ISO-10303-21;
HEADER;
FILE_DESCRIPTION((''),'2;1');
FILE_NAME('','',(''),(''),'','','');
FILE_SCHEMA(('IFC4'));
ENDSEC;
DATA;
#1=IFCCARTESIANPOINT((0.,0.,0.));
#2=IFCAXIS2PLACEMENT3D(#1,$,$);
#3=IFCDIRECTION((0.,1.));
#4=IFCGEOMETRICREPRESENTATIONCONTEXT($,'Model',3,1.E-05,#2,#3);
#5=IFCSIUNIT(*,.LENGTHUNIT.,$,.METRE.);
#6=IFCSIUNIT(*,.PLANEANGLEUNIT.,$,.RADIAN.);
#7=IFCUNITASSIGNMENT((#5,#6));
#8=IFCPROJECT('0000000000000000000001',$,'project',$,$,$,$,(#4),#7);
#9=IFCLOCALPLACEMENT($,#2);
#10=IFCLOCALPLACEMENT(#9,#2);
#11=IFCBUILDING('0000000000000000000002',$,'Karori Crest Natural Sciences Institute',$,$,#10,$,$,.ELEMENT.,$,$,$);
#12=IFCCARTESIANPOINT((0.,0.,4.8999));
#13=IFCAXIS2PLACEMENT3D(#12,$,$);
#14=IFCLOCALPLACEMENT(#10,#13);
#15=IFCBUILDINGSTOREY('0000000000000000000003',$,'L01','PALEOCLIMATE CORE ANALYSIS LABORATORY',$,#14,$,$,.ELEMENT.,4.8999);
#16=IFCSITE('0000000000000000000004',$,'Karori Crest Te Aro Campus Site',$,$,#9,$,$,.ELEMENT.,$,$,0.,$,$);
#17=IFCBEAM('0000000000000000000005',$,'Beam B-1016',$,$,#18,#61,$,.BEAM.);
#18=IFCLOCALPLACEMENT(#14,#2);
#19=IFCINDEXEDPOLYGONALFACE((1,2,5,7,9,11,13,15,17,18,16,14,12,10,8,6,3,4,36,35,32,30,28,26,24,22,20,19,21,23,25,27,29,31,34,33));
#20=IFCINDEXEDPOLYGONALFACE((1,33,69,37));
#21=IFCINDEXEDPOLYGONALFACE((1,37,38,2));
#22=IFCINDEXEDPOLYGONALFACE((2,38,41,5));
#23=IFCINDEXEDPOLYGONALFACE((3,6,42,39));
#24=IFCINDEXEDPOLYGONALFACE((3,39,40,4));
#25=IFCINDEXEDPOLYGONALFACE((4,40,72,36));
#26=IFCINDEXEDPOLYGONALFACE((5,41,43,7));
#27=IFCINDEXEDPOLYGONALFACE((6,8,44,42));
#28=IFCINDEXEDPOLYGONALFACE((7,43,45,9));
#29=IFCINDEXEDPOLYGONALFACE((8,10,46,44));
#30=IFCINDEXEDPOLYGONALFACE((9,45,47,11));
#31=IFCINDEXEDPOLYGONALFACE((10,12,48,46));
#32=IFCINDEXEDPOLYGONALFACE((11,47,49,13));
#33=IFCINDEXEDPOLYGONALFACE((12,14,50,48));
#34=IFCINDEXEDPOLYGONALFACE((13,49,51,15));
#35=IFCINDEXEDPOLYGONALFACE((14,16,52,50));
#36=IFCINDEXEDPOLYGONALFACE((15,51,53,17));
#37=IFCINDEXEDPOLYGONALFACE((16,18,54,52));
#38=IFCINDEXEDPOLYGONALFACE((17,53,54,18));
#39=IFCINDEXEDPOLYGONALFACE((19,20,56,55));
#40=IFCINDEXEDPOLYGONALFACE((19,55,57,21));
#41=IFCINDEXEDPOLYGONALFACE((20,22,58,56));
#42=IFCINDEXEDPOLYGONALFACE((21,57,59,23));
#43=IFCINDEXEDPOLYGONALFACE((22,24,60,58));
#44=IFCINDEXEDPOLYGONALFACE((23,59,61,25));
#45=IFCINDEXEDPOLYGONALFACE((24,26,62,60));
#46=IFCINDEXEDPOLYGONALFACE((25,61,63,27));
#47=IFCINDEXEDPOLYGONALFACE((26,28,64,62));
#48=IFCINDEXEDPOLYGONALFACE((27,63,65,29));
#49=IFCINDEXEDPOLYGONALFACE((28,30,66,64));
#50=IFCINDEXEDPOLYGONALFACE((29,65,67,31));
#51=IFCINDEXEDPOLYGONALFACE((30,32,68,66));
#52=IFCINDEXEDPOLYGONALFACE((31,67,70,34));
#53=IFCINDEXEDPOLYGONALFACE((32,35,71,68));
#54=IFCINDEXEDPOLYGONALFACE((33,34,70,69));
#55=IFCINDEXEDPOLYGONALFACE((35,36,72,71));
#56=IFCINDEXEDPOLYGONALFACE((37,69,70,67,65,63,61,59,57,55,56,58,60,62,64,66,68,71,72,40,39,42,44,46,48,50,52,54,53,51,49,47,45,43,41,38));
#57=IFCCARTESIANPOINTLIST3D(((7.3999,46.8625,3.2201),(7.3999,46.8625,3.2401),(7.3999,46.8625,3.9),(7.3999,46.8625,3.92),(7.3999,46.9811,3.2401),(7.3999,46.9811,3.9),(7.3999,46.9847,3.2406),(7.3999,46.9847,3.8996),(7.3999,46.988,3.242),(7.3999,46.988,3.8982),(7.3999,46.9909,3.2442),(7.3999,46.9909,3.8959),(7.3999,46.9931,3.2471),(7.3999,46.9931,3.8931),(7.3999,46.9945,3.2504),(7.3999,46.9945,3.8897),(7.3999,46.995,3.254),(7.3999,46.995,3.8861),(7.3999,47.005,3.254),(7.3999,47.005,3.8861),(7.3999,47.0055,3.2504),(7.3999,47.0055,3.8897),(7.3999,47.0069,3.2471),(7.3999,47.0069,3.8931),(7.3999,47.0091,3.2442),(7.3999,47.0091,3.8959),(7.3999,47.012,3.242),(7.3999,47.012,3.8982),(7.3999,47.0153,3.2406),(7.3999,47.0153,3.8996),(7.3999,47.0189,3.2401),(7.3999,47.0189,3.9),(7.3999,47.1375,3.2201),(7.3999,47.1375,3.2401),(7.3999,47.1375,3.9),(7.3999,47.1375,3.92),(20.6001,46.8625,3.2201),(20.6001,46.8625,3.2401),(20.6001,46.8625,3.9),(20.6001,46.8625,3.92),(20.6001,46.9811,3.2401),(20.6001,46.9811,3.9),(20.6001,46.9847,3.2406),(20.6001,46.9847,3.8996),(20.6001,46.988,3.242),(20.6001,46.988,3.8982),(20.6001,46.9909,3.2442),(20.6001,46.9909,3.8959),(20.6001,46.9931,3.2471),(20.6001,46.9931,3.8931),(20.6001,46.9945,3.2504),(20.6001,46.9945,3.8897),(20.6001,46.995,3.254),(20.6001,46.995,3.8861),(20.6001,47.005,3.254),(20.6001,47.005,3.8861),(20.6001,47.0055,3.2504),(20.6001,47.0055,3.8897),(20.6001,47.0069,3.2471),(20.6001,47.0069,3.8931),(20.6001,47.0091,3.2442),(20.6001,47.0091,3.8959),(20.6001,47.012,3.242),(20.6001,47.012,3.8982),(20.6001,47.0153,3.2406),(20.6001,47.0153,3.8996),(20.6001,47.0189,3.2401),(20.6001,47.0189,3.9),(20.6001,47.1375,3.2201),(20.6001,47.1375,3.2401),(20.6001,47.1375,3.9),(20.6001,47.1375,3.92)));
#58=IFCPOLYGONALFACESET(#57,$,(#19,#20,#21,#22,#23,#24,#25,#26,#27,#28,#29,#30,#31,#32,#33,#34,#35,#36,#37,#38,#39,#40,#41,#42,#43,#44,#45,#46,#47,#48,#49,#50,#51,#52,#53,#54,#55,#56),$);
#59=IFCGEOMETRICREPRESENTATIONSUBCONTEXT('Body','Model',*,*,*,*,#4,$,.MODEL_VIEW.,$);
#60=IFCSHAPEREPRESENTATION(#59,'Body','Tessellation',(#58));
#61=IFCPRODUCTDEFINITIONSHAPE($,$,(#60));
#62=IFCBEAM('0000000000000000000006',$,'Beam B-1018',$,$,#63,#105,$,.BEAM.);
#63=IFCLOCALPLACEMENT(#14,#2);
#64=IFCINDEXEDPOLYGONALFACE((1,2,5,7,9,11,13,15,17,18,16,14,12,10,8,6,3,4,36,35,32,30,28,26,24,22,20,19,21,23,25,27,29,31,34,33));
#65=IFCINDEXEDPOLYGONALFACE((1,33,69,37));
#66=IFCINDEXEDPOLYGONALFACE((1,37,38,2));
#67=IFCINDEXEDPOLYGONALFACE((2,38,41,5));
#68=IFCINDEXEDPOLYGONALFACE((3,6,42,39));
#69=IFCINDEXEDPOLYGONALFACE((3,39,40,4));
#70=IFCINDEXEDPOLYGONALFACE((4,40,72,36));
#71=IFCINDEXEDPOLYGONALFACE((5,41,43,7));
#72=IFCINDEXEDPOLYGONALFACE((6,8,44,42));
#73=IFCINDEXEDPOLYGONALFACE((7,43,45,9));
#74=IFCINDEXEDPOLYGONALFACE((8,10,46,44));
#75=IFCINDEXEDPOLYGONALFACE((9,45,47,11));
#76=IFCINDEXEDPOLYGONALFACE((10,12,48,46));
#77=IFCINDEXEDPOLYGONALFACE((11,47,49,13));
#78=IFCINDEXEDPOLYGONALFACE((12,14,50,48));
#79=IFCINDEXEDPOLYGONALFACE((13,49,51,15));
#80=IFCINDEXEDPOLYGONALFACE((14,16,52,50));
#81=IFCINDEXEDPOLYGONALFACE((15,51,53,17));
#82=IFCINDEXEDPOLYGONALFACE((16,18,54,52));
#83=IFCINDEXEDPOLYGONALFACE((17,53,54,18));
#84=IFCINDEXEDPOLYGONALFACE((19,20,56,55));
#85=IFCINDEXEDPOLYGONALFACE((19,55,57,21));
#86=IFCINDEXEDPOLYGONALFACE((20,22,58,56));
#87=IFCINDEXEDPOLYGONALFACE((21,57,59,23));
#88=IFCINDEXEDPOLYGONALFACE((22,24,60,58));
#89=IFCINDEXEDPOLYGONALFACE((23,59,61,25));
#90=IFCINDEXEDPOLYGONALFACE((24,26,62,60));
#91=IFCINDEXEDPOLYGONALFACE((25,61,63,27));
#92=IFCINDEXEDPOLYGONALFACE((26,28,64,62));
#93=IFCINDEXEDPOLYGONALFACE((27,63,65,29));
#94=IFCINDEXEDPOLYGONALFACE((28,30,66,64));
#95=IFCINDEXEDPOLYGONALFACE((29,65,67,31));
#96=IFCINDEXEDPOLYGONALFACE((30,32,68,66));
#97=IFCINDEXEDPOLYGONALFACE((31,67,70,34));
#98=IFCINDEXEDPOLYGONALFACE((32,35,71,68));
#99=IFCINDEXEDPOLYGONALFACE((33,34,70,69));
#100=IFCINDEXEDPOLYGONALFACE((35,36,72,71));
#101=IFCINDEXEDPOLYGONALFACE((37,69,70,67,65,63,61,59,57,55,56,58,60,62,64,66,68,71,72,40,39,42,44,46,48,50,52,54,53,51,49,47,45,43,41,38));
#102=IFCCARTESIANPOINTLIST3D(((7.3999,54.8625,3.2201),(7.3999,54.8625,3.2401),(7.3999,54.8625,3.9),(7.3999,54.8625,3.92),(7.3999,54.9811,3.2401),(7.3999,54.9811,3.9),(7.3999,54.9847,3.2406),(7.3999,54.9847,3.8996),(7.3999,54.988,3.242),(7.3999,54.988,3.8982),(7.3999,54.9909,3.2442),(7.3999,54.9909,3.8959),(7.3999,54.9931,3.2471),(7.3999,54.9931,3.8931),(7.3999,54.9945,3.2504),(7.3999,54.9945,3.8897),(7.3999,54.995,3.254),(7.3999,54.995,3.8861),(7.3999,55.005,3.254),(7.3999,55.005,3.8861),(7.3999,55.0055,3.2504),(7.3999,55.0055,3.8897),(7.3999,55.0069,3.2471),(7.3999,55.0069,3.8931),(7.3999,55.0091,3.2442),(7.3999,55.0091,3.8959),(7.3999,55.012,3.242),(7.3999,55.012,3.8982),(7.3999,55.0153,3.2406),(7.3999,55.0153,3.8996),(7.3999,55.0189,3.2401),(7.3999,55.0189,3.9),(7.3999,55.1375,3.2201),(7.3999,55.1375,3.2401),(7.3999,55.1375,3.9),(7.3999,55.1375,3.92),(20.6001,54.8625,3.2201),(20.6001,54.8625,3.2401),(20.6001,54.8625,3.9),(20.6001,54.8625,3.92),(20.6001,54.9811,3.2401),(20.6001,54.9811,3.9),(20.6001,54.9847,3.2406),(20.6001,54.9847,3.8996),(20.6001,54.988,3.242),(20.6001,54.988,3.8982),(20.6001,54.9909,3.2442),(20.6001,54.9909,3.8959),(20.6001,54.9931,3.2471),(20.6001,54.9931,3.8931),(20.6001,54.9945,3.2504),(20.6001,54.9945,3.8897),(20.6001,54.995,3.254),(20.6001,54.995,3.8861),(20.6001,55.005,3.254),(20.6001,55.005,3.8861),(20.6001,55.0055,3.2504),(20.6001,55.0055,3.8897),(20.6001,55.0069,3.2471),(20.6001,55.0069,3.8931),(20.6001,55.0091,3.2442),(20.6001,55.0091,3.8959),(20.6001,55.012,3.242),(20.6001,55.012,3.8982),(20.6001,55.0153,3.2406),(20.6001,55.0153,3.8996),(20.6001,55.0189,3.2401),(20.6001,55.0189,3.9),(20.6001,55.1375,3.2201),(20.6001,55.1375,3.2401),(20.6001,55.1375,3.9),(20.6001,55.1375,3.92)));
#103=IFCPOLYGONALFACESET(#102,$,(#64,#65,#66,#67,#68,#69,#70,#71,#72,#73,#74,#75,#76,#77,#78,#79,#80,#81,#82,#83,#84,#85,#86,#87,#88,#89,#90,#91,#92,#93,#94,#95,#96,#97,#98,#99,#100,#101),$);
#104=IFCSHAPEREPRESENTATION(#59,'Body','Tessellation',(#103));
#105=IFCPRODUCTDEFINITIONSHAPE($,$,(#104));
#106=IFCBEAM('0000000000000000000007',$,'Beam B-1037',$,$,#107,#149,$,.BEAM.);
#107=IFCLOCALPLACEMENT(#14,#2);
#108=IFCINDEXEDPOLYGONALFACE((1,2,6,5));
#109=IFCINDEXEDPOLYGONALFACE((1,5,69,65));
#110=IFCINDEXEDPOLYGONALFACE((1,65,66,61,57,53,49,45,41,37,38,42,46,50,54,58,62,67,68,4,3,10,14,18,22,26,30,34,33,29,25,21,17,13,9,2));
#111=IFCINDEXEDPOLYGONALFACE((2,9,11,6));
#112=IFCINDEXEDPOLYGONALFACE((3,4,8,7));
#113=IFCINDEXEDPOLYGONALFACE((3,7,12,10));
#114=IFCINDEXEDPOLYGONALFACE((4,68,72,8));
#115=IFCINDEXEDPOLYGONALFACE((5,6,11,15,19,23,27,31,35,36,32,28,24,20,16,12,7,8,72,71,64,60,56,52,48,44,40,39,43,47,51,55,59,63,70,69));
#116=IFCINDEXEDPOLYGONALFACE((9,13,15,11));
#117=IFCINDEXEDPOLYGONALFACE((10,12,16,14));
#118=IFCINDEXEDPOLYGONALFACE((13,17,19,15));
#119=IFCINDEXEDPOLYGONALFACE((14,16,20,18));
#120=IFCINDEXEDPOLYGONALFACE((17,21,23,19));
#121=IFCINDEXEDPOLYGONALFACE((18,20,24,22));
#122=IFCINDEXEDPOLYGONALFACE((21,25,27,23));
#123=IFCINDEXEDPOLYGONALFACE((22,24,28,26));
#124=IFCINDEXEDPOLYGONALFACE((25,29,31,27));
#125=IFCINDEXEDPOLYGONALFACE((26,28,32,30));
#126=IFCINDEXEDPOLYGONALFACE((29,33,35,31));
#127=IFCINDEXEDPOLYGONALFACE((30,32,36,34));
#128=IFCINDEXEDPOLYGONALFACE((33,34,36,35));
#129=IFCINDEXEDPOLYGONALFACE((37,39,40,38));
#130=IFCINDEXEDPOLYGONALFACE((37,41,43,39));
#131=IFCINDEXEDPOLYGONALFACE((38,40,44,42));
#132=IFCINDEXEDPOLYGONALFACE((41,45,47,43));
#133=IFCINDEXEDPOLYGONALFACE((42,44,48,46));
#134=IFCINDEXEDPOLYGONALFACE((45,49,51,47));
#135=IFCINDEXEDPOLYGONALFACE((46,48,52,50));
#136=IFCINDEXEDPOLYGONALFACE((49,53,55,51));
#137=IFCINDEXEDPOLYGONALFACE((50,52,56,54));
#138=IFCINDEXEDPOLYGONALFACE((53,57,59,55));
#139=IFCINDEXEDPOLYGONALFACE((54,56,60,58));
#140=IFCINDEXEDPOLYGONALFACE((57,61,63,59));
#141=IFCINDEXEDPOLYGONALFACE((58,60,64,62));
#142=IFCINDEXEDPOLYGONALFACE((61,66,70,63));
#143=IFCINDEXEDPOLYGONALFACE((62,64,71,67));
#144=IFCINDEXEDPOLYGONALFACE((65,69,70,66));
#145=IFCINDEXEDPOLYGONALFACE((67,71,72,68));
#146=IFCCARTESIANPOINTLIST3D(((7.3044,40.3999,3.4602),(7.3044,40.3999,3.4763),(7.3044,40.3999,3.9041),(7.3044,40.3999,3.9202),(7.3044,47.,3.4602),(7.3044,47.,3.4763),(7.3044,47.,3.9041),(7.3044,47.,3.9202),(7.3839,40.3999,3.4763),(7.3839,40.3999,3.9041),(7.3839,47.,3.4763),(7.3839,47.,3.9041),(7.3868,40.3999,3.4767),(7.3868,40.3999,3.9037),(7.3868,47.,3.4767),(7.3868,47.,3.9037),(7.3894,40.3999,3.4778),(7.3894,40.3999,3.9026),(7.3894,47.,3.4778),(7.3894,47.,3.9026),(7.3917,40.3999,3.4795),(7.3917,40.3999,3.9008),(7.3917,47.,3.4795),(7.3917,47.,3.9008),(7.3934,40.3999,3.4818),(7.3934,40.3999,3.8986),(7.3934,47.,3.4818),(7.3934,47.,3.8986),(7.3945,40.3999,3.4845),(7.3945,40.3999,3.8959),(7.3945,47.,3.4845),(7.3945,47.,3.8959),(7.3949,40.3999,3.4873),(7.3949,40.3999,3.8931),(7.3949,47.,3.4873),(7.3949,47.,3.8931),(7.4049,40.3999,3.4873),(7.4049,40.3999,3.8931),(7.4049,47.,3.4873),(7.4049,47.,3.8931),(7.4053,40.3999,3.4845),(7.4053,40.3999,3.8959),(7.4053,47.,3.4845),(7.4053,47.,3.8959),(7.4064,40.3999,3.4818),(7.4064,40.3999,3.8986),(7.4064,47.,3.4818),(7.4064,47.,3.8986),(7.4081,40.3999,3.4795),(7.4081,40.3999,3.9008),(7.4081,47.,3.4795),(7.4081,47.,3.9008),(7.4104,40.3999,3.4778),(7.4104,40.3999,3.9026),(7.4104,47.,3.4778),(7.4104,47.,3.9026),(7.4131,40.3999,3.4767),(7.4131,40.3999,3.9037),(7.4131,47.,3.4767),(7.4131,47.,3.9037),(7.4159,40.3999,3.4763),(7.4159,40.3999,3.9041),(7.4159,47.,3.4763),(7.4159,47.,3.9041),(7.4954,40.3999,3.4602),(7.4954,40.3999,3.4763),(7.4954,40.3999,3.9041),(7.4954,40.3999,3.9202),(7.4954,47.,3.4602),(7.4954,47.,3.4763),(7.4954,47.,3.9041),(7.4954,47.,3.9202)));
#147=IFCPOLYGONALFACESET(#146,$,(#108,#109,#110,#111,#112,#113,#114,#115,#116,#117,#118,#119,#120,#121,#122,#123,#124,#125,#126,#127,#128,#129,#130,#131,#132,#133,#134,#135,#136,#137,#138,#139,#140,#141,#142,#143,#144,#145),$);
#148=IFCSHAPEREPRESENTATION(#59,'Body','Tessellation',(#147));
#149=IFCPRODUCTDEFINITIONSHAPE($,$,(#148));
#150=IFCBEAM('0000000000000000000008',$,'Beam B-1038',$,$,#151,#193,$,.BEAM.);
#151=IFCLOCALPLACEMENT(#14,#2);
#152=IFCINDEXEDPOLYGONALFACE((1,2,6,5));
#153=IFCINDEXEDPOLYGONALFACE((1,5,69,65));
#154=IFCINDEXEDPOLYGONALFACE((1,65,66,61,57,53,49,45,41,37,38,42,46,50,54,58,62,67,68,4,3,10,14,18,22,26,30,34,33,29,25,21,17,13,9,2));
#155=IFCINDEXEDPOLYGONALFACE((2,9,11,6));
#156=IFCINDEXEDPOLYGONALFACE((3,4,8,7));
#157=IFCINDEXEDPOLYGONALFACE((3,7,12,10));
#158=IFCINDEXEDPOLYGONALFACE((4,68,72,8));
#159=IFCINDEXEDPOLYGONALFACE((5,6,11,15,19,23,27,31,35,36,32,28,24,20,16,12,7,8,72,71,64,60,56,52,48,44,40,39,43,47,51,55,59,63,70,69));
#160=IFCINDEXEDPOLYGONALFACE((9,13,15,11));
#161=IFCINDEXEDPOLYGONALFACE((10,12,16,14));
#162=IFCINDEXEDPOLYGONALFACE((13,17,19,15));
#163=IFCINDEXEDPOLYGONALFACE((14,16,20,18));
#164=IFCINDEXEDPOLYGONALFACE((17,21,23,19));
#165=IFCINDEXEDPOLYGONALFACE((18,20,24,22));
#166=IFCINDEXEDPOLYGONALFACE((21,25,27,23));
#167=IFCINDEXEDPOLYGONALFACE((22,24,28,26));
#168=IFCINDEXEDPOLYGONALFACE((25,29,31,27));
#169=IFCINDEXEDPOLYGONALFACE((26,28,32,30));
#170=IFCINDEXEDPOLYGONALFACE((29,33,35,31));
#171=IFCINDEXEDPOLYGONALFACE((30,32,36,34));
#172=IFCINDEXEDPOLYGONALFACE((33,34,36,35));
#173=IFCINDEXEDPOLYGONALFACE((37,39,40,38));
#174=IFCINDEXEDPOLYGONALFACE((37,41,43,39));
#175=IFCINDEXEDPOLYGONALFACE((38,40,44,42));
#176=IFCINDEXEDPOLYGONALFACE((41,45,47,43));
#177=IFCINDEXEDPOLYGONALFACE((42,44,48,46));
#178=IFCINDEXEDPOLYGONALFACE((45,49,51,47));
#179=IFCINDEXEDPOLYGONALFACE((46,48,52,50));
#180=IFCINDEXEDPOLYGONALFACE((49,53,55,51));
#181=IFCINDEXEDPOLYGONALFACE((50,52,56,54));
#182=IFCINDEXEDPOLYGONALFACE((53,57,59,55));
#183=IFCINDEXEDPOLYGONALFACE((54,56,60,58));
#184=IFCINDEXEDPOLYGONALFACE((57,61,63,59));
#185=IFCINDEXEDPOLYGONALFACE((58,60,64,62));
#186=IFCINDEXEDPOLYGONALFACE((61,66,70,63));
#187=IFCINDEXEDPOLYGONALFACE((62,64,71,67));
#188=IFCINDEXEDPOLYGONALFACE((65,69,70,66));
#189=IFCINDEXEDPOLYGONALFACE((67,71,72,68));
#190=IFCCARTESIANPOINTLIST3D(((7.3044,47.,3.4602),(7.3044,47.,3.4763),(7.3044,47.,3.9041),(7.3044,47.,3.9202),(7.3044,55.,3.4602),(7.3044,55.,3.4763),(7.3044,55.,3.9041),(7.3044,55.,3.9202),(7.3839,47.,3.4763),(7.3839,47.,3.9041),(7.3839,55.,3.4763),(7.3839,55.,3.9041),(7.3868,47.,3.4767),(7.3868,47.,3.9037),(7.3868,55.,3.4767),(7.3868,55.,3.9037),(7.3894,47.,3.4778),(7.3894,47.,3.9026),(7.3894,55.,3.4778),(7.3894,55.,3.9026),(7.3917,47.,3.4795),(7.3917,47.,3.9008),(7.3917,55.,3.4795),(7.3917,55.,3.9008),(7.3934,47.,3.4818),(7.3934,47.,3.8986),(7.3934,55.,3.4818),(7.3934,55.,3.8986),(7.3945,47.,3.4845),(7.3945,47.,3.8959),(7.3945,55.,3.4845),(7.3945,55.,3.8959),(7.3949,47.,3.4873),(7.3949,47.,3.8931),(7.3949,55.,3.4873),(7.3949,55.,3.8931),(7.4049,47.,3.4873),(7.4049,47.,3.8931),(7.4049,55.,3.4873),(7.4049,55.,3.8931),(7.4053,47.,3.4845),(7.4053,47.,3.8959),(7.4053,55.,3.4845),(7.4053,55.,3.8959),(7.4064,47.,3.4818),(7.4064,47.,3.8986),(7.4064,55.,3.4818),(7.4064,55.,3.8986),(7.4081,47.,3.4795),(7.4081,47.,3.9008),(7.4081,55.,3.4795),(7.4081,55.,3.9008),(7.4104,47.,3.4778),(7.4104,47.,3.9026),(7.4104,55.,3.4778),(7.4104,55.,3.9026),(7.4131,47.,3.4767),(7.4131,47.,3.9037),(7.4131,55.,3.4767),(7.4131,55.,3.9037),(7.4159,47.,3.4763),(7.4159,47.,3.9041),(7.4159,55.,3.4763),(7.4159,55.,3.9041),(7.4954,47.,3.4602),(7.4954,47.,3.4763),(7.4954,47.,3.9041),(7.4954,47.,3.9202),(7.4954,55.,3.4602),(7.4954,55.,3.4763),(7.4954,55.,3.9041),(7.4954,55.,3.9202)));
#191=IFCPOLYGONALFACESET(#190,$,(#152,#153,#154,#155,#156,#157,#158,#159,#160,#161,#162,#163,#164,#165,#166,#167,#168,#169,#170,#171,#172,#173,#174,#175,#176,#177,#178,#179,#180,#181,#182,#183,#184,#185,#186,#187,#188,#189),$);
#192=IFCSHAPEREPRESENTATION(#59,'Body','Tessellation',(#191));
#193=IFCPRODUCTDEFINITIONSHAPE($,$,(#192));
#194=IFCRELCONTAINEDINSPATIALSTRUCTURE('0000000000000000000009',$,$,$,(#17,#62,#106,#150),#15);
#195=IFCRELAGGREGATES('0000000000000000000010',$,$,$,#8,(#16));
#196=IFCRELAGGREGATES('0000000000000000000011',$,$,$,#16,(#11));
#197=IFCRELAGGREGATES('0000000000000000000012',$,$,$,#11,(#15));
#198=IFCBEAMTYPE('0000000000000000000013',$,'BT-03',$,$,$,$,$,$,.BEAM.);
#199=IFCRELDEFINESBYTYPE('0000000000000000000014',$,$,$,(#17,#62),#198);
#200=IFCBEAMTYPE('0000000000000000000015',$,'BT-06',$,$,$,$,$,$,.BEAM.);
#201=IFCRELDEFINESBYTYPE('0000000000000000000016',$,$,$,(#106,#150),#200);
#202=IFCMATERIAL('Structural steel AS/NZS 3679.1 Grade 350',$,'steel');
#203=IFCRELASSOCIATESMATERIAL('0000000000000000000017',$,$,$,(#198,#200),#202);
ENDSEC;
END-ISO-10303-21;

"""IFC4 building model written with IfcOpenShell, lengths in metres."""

from ifc_helpers import new_model, si_unit, direction, frame, origin, origin_2d, place, context, subcontext, project, spatial, i_section, extrude, material, material_profile, profile_set, type_object, element, save


model = new_model("IFC4")

# Units and contexts
model_context = context("Model", 3, precision=1e-05, world=origin(), true_north=direction((0.0, 1.0)))
body_context = subcontext(model_context, "Body", "Model", "MODEL_VIEW")
ifc_project = project(units=[si_unit("LENGTHUNIT", "METRE"), si_unit("PLANEANGLEUNIT", "RADIAN")], contexts=[model_context])

# Site, building, storey
site_placement = place(None, origin())
site = spatial("IfcSite", under=ifc_project, at=site_placement, Name="Karori Crest Te Aro Campus Site", CompositionType="ELEMENT", RefElevation=0.0)
building_placement = place(site_placement, origin())
building = spatial("IfcBuilding", under=site, at=building_placement, Name="Karori Crest Natural Sciences Institute", CompositionType="ELEMENT")
storey_placement = place(building_placement, frame((0.0, 0.0, 4.8999)))
storey = spatial("IfcBuildingStorey", under=building, at=storey_placement, Name="L01", Description="PALEOCLIMATE CORE ANALYSIS LABORATORY", CompositionType="ELEMENT", Elevation=4.8999)

# Shared definitions
ifc_material_1 = material(Name="Structural steel AS/NZS 3679.1 Grade 350", Category="steel")

# Beams
ifc_material_profile_1 = material_profile(ifc_material_1, i_section(OverallWidth=0.2749, OverallDepth=0.7, WebThickness=0.01, FlangeThickness=0.02, FilletRadius=0.0139, at=origin_2d()), Name="700WB150")
ifc_profile_set_1 = profile_set([ifc_material_profile_1], Name="Structural steel AS/NZS 3679.1 Grade 350")
beam_type_1 = type_object("IfcBeamType", Name="BT-03", PredefinedType="BEAM", material=ifc_profile_set_1)
for number, where, z_axis, x_axis, name in (
    (1, (7.3999, 47.0, 3.5701), (1.0, 0.0, 0.0), (0.0, 1.0, 0.0), "Beam B-1016"),
    (2, (7.3999, 55.0, 3.5701), (1.0, 0.0, 0.0), (0.0, 1.0, 0.0), "Beam B-1018"),
):
    element("IfcBeam", number, at=place(storey_placement, frame(where, z_axis=z_axis, x_axis=x_axis)), inside=storey, type_object=beam_type_1, Name=name, PredefinedType="BEAM", context=body_context, shape_type="SweptSolid", body=[
        extrude(i_section(OverallWidth=0.2749, OverallDepth=0.7, WebThickness=0.01, FlangeThickness=0.02, FilletRadius=0.0139, at=origin_2d()), origin(), (0.0, 0.0, 1.0), 13.2002),
    ])
ifc_material_profile_2 = material_profile(ifc_material_1, i_section(OverallWidth=0.1909, OverallDepth=0.46, WebThickness=0.01, FlangeThickness=0.0161, FilletRadius=0.011, at=origin_2d()), Name="460UB82.1")
ifc_profile_set_2 = profile_set([ifc_material_profile_2], Name="Structural steel AS/NZS 3679.1 Grade 350")
beam_type_2 = type_object("IfcBeamType", Name="BT-06", PredefinedType="BEAM", material=ifc_profile_set_2)
beam_1_placement = place(storey_placement, frame((7.3999, 40.3999, 3.6902), z_axis=(0.0, 1.0, 0.0), x_axis=(-1.0, 0.0, 0.0)))
element("IfcBeam", 3, at=beam_1_placement, inside=storey, type_object=beam_type_2, Name="Beam B-1037", PredefinedType="BEAM", context=body_context, shape_type="SweptSolid", body=[
    extrude(i_section(OverallWidth=0.1909, OverallDepth=0.46, WebThickness=0.01, FlangeThickness=0.0161, FilletRadius=0.011, at=origin_2d()), origin(), (0.0, 0.0, 1.0), 6.6001),
])
beam_2_placement = place(storey_placement, frame((7.3999, 47.0, 3.6902), z_axis=(0.0, 1.0, 0.0), x_axis=(-1.0, 0.0, 0.0)))
element("IfcBeam", 4, at=beam_2_placement, inside=storey, type_object=beam_type_2, Name="Beam B-1038", PredefinedType="BEAM", context=body_context, shape_type="SweptSolid", body=[
    extrude(i_section(OverallWidth=0.1909, OverallDepth=0.46, WebThickness=0.01, FlangeThickness=0.0161, FilletRadius=0.011, at=origin_2d()), origin(), (0.0, 0.0, 1.0), 8.0),
])

save(model, "model.ifc")
